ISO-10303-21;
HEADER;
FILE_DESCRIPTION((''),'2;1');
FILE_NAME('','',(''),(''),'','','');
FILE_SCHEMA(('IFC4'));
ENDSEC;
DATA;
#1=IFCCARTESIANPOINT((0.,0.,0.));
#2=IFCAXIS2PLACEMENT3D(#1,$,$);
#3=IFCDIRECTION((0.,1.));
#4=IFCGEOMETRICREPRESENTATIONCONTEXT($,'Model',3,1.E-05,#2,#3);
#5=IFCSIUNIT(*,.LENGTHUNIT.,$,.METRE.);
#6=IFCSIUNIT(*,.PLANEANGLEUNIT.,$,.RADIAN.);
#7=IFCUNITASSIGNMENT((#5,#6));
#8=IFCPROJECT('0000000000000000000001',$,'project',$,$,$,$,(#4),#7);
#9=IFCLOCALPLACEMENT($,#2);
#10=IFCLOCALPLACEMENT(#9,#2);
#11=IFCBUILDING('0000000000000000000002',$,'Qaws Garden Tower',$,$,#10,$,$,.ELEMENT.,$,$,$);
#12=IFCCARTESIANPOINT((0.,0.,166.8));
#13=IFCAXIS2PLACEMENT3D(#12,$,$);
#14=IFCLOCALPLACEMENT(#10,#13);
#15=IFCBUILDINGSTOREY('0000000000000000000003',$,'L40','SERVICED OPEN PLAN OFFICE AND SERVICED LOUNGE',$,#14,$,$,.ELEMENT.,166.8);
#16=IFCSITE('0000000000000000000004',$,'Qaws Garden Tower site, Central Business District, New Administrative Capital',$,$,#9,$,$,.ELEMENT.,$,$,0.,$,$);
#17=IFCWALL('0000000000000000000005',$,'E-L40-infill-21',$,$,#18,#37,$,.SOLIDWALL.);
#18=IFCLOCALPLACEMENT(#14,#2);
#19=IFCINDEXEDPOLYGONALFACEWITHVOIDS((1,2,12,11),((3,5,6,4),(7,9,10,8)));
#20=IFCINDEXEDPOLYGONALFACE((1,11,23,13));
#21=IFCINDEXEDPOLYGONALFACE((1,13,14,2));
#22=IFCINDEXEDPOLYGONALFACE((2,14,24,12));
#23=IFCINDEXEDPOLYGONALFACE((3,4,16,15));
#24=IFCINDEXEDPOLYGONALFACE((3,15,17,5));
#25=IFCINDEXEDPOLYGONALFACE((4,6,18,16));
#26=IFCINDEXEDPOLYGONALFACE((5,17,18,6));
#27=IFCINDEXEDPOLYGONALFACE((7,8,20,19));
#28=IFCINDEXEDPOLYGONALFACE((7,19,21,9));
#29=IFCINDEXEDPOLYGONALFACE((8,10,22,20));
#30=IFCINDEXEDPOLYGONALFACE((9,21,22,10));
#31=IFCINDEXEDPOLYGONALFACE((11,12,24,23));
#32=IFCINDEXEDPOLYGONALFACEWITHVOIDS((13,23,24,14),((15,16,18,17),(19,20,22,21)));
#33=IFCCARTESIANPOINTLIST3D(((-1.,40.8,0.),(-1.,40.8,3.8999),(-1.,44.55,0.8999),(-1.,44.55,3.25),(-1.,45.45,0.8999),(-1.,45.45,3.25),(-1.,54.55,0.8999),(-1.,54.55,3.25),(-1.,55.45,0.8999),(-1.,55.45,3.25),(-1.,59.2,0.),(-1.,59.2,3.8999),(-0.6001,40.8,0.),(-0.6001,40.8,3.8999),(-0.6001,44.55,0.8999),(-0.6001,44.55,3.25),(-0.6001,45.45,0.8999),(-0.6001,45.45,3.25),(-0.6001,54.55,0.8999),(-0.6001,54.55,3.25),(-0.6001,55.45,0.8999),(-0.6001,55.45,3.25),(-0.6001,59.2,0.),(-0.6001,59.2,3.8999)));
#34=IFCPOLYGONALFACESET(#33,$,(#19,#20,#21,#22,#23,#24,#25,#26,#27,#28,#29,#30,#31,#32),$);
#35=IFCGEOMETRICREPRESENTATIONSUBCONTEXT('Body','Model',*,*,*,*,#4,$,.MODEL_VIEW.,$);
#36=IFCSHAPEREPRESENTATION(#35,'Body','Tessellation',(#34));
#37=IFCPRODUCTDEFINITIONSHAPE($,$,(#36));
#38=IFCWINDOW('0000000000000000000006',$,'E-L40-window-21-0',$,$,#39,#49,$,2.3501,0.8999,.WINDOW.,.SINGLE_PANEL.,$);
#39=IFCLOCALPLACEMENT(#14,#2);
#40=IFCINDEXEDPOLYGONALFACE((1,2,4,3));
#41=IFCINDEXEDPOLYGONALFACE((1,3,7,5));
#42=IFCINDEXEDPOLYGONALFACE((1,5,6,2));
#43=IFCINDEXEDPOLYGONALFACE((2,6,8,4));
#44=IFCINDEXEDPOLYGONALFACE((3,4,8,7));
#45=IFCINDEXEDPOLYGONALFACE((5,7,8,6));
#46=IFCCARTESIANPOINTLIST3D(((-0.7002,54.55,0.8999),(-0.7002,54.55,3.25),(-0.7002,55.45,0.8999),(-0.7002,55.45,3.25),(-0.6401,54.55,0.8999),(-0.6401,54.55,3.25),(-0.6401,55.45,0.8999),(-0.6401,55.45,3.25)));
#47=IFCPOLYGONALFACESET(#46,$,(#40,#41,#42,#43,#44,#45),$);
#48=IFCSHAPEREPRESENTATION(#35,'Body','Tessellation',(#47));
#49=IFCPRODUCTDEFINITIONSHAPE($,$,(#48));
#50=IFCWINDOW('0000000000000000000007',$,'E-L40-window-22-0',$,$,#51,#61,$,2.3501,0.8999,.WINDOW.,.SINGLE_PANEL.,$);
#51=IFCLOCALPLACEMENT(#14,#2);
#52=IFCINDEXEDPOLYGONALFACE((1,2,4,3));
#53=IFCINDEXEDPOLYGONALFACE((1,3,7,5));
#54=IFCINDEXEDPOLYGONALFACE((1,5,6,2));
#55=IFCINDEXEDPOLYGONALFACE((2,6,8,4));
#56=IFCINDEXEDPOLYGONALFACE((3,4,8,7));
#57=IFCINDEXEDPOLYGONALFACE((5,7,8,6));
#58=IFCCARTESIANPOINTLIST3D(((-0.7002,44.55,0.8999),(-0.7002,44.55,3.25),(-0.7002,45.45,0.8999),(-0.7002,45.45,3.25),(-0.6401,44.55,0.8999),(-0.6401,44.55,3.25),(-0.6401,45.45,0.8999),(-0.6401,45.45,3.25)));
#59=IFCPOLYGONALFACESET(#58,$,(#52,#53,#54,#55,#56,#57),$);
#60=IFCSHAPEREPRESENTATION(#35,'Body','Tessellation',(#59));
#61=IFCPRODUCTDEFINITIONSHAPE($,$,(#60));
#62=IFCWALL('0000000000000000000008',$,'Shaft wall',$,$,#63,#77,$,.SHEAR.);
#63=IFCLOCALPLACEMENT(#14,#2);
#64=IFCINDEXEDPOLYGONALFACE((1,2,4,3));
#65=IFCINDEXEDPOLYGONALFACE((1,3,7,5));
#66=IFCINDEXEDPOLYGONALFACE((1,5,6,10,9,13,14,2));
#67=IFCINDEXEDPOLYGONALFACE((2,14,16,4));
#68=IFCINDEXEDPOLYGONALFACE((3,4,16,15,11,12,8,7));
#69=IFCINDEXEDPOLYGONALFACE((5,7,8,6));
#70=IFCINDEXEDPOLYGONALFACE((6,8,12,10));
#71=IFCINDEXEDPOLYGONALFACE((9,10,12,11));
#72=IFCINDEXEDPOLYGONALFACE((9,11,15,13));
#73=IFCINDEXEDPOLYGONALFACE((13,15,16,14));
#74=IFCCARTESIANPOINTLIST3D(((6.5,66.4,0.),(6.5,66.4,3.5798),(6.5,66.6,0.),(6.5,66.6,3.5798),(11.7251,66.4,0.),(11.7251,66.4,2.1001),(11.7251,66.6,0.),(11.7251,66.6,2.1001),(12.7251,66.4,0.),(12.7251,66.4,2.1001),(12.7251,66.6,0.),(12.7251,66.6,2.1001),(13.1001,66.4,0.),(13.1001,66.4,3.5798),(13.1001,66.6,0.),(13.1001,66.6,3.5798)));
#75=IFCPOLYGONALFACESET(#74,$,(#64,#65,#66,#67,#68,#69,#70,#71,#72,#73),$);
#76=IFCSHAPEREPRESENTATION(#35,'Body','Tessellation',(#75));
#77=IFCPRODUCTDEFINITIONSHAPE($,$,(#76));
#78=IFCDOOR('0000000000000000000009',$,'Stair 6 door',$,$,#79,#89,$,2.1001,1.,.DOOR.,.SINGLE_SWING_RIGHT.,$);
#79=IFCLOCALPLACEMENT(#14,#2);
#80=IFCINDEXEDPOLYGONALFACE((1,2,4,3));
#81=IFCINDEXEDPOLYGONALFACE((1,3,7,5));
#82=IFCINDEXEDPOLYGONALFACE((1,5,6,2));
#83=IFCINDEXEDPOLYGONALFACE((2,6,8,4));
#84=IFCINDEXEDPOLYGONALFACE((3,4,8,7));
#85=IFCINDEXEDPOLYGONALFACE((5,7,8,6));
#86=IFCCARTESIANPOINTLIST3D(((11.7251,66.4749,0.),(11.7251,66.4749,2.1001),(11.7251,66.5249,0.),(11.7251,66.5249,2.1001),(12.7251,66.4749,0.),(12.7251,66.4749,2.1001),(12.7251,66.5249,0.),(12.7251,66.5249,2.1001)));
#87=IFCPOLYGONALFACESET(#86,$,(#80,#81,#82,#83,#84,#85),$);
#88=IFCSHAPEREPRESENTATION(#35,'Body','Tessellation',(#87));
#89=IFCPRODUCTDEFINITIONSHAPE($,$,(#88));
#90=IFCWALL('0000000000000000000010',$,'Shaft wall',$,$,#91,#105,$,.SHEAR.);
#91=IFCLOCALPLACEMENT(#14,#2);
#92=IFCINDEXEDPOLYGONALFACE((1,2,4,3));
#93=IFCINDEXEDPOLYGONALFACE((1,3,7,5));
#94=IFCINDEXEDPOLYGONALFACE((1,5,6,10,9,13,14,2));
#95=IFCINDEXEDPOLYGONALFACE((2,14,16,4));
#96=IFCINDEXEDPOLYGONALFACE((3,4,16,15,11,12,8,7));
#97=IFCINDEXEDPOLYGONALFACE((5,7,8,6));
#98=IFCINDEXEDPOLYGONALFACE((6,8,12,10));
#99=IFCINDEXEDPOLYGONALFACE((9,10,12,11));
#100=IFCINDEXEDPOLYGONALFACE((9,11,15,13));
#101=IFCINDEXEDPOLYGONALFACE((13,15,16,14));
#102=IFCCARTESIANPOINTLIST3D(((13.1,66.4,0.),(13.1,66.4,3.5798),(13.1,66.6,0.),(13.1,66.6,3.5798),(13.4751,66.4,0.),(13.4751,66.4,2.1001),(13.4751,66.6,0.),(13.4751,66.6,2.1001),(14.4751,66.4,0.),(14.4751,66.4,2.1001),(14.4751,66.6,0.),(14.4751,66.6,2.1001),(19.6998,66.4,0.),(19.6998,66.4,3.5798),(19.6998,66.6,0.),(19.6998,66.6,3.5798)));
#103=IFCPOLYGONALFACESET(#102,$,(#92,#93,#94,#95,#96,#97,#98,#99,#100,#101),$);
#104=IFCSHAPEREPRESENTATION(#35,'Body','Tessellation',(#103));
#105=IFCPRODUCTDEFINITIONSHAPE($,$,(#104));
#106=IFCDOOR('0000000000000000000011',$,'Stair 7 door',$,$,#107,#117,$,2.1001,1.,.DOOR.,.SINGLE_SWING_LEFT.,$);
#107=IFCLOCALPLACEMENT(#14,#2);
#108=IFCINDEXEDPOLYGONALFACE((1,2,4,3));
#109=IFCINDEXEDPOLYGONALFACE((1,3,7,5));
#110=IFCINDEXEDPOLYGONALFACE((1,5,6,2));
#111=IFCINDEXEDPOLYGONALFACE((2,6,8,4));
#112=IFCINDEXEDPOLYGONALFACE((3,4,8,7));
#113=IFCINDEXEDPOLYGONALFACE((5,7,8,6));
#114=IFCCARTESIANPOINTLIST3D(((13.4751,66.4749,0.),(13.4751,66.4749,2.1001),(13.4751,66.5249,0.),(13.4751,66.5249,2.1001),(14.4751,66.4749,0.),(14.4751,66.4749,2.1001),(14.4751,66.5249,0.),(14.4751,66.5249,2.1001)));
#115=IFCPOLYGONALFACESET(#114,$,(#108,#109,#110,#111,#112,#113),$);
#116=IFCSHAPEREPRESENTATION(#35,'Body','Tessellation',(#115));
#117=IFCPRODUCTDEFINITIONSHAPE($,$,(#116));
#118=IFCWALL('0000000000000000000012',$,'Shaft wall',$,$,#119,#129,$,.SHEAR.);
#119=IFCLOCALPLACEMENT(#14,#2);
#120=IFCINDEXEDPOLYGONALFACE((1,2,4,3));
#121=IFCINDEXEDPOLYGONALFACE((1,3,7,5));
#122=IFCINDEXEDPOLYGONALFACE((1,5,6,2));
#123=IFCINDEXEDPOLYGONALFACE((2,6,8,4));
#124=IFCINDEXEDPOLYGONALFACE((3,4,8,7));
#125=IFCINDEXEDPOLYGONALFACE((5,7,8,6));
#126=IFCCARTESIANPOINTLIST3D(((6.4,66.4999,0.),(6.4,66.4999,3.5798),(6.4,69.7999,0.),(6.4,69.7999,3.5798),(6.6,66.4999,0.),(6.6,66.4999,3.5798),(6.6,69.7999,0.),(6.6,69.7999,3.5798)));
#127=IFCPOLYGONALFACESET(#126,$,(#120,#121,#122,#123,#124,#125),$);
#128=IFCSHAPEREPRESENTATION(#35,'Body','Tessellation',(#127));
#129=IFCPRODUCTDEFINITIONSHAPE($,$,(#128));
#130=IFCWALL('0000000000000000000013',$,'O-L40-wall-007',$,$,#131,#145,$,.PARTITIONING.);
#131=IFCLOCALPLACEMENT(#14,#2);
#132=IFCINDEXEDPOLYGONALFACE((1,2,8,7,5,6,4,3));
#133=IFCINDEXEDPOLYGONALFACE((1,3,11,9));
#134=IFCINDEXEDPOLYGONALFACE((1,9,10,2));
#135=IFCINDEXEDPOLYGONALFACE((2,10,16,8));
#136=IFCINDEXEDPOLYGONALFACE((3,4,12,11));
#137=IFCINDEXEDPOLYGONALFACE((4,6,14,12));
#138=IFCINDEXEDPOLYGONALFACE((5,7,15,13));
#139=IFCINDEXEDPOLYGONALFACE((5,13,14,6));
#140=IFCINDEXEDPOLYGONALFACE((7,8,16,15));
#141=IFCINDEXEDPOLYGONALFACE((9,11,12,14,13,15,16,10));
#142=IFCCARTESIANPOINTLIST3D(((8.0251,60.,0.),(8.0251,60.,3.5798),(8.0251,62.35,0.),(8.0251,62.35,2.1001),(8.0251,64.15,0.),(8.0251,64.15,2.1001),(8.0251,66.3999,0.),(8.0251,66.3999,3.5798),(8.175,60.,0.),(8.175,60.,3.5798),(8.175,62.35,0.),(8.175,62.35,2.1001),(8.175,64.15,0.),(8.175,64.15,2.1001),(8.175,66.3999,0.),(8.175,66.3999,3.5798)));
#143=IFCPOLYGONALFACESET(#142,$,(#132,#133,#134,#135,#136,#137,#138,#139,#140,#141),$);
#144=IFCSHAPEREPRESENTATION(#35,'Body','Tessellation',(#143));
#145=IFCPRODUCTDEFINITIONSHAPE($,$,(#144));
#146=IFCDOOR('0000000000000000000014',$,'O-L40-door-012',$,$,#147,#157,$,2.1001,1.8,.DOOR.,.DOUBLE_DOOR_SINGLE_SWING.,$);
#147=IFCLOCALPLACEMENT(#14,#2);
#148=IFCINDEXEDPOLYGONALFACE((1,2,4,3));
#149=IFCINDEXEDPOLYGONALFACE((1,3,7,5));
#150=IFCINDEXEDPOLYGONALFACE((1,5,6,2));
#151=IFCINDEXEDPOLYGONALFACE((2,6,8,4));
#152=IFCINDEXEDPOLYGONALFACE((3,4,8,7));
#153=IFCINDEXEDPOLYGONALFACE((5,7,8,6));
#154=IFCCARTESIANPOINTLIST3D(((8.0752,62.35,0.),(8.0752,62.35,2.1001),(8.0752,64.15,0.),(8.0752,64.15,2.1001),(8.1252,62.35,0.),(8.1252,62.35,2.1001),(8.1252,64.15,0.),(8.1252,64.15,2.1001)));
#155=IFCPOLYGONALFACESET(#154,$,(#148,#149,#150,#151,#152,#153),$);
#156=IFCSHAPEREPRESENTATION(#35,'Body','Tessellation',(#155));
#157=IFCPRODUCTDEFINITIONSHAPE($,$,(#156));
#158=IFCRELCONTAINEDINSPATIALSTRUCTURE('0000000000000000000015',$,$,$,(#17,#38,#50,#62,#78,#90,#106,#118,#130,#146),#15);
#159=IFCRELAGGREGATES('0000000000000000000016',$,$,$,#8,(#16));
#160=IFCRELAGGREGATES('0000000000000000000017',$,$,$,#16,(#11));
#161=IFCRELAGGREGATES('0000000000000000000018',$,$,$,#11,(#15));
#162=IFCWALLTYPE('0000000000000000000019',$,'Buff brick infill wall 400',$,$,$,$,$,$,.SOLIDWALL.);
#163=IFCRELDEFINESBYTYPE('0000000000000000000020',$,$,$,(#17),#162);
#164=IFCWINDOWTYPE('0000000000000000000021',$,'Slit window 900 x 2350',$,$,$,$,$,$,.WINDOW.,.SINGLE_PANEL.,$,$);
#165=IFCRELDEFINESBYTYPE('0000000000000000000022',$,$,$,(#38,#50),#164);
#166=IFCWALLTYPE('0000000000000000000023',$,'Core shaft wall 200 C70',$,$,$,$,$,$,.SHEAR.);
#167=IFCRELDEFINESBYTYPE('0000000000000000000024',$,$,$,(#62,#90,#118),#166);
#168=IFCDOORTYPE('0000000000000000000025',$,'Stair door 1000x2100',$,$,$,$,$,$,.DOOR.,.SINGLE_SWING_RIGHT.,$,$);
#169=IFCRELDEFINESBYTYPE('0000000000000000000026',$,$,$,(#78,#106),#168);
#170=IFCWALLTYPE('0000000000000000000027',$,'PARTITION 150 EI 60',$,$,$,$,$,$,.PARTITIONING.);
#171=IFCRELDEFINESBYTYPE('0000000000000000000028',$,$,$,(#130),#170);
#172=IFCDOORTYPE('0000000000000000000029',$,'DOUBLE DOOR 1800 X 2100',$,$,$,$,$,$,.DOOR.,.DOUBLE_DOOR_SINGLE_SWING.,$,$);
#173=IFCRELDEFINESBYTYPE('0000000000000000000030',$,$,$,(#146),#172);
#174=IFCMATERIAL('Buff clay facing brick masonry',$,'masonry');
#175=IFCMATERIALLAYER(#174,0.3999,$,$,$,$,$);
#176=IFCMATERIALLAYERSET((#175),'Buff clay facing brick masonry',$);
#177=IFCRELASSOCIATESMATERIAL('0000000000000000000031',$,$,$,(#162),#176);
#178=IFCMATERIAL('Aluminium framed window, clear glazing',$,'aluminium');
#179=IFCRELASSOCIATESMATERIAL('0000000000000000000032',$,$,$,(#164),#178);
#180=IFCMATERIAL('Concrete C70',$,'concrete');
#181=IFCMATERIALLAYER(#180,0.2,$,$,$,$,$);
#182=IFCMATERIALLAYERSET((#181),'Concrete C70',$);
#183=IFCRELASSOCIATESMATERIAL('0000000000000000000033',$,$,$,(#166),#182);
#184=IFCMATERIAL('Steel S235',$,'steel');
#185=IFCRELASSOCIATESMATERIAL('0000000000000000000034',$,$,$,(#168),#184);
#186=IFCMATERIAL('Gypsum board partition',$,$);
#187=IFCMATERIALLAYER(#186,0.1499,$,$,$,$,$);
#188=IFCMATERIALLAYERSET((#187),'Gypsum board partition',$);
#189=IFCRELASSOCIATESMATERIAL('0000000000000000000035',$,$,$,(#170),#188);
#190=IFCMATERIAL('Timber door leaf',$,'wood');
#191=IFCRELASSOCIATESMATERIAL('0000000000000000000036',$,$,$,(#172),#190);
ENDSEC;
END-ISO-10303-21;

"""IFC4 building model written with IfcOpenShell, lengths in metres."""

from ifc_helpers import new_model, si_unit, direction, frame, frame_2d, origin, place, context, subcontext, project, spatial, rectangle, extrude, material, layer, layer_set, type_object, element, fill, save


model = new_model("IFC4")

# Units and contexts
model_context = context("Model", 3, precision=1e-05, world=origin(), true_north=direction((0.0, 1.0)))
body_context = subcontext(model_context, "Body", "Model", "MODEL_VIEW")
ifc_project = project(units=[si_unit("LENGTHUNIT", "METRE"), si_unit("PLANEANGLEUNIT", "RADIAN")], contexts=[model_context])

# Site, building, storey
site_placement = place(None, origin())
site = spatial("IfcSite", under=ifc_project, at=site_placement, Name="Qaws Garden Tower site, Central Business District, New Administrative Capital", CompositionType="ELEMENT", RefElevation=0.0)
building_placement = place(site_placement, origin())
building = spatial("IfcBuilding", under=site, at=building_placement, Name="Qaws Garden Tower", CompositionType="ELEMENT")
storey_placement = place(building_placement, frame((0.0, 0.0, 166.8)))
storey = spatial("IfcBuildingStorey", under=building, at=storey_placement, Name="L40", Description="SERVICED OPEN PLAN OFFICE AND SERVICED LOUNGE", CompositionType="ELEMENT", Elevation=166.8)

# Shared definitions
ifc_material_1 = material(Name="Buff clay facing brick masonry", Category="masonry")
ifc_layer_1 = layer(ifc_material_1, 0.3999)
ifc_layer_set_1 = layer_set([ifc_layer_1], Name="Buff clay facing brick masonry")
wall_type_1 = type_object("IfcWallType", Name="Buff brick infill wall 400", PredefinedType="SOLIDWALL", material=ifc_layer_set_1)

# Wall, openings, windows
wall_1_placement = place(storey_placement, frame((-0.8, 59.2, 0.0), z_axis=(0.0, 0.0, 1.0), x_axis=(0.0, -1.0, 0.0)))
wall_1 = element("IfcWall", 1, at=wall_1_placement, inside=storey, type_object=wall_type_1, Name="E-L40-infill-21", PredefinedType="SOLIDWALL", context=body_context, shape_type="SweptSolid", body=[
    extrude(rectangle(XDim=18.3999, YDim=0.3999, at=frame_2d((9.2, 0.0))), origin(), (0.0, 0.0, 1.0), 3.8999),
])
opening_1_placement = place(wall_1_placement, frame((3.75, 0.0, 0.8999)))
opening_1 = element("IfcOpeningElement", 2, at=opening_1_placement, cuts=wall_1, PredefinedType="OPENING", context=body_context, shape_type="SweptSolid", body=[
    extrude(rectangle(XDim=0.8999, YDim=2.3501, at=frame_2d((0.45, 1.175))), frame((0.0, 0.21, 0.0), z_axis=(0.0, -1.0, 0.0), x_axis=(1.0, 0.0, 0.0)), (0.0, 0.0, 1.0), 0.4199),
])
opening_2_placement = place(wall_1_placement, frame((13.75, 0.0, 0.8999)))
opening_2 = element("IfcOpeningElement", 3, at=opening_2_placement, cuts=wall_1, PredefinedType="OPENING", context=body_context, shape_type="SweptSolid", body=[
    extrude(rectangle(XDim=0.8999, YDim=2.3501, at=frame_2d((0.45, 1.175))), frame((0.0, 0.21, 0.0), z_axis=(0.0, -1.0, 0.0), x_axis=(1.0, 0.0, 0.0)), (0.0, 0.0, 1.0), 0.4199),
])
ifc_material_2 = material(Name="Aluminium framed window, clear glazing", Category="aluminium")
window_type_1 = type_object("IfcWindowType", Name="Slit window 900 x 2350", PartitioningType="SINGLE_PANEL", PredefinedType="WINDOW", material=ifc_material_2)
window_1_placement = place(opening_1_placement, origin())
window_1 = element("IfcWindow", 4, at=window_1_placement, inside=storey, type_object=window_type_1, Name="E-L40-window-21-0", OverallHeight=2.3501, OverallWidth=0.8999, PartitioningType="SINGLE_PANEL", PredefinedType="WINDOW", context=body_context, shape_type="SweptSolid", body=[
    extrude(rectangle(XDim=0.8999, YDim=2.3501, at=frame_2d((0.45, 1.175))), frame((0.0, 0.1599, 0.0), z_axis=(0.0, -1.0, 0.0), x_axis=(1.0, 0.0, 0.0)), (0.0, 0.0, 1.0), 0.0601),
])
fill(opening_1, window_1)
window_2_placement = place(opening_2_placement, origin())
window_2 = element("IfcWindow", 5, at=window_2_placement, inside=storey, type_object=window_type_1, Name="E-L40-window-22-0", OverallHeight=2.3501, OverallWidth=0.8999, PartitioningType="SINGLE_PANEL", PredefinedType="WINDOW", context=body_context, shape_type="SweptSolid", body=[
    extrude(rectangle(XDim=0.8999, YDim=2.3501, at=frame_2d((0.45, 1.175))), frame((0.0, 0.1599, 0.0), z_axis=(0.0, -1.0, 0.0), x_axis=(1.0, 0.0, 0.0)), (0.0, 0.0, 1.0), 0.0601),
])
fill(opening_2, window_2)

# Walls, openings, doors
ifc_material_3 = material(Name="Concrete C70", Category="concrete")
ifc_layer_2 = layer(ifc_material_3, 0.2)
ifc_layer_set_2 = layer_set([ifc_layer_2], Name="Concrete C70")
wall_type_2 = type_object("IfcWallType", Name="Core shaft wall 200 C70", PredefinedType="SHEAR", material=ifc_layer_set_2)
wall_2_placement = place(storey_placement, frame((6.5, 66.5, 0.0), z_axis=(0.0, 0.0, 1.0), x_axis=(1.0, 0.0, 0.0)))
wall_2 = element("IfcWall", 6, at=wall_2_placement, inside=storey, type_object=wall_type_2, Name="Shaft wall", PredefinedType="SHEAR", context=body_context, shape_type="SweptSolid", body=[
    extrude(rectangle(XDim=6.6001, YDim=0.2, at=frame_2d((3.3, 0.0))), origin(), (0.0, 0.0, 1.0), 3.5798),
])
opening_3_placement = place(wall_2_placement, frame((5.2251, 0.0, 0.0)))
opening_3 = element("IfcOpeningElement", 7, at=opening_3_placement, cuts=wall_2, PredefinedType="OPENING", context=body_context, shape_type="SweptSolid", body=[
    extrude(rectangle(XDim=1.0, YDim=2.1001, at=frame_2d((0.5, 1.05))), frame((0.0, 0.1099, 0.0), z_axis=(0.0, -1.0, 0.0), x_axis=(1.0, 0.0, 0.0)), (0.0, 0.0, 1.0), 0.22),
])
ifc_material_4 = material(Name="Steel S235", Category="steel")
door_type_1 = type_object("IfcDoorType", Name="Stair door 1000x2100", OperationType="SINGLE_SWING_RIGHT", PredefinedType="DOOR", material=ifc_material_4)
door_1_placement = place(opening_3_placement, origin())
door_1 = element("IfcDoor", 8, at=door_1_placement, inside=storey, type_object=door_type_1, Name="Stair 6 door", OperationType="SINGLE_SWING_RIGHT", OverallHeight=2.1001, OverallWidth=1.0, PredefinedType="DOOR", context=body_context, shape_type="SweptSolid", body=[
    extrude(rectangle(XDim=1.0, YDim=2.1001, at=frame_2d((0.5, 1.05))), frame((0.0, 0.0249, 0.0), z_axis=(0.0, -1.0, 0.0), x_axis=(1.0, 0.0, 0.0)), (0.0, 0.0, 1.0), 0.05),
])
fill(opening_3, door_1)
wall_3_placement = place(storey_placement, frame((13.1001, 66.5, 0.0), z_axis=(0.0, 0.0, 1.0), x_axis=(1.0, 0.0, 0.0)))
wall_3 = element("IfcWall", 9, at=wall_3_placement, inside=storey, type_object=wall_type_2, Name="Shaft wall", PredefinedType="SHEAR", context=body_context, shape_type="SweptSolid", body=[
    extrude(rectangle(XDim=6.5999, YDim=0.2, at=frame_2d((3.2998, 0.0))), origin(), (0.0, 0.0, 1.0), 3.5798),
])
opening_4_placement = place(wall_3_placement, frame((0.375, 0.0, 0.0)))
opening_4 = element("IfcOpeningElement", 10, at=opening_4_placement, cuts=wall_3, PredefinedType="OPENING", context=body_context, shape_type="SweptSolid", body=[
    extrude(rectangle(XDim=1.0, YDim=2.1001, at=frame_2d((0.5, 1.05))), frame((0.0, 0.1099, 0.0), z_axis=(0.0, -1.0, 0.0), x_axis=(1.0, 0.0, 0.0)), (0.0, 0.0, 1.0), 0.22),
])
door_2_placement = place(opening_4_placement, origin())
door_2 = element("IfcDoor", 11, at=door_2_placement, inside=storey, type_object=door_type_1, Name="Stair 7 door", OperationType="SINGLE_SWING_LEFT", OverallHeight=2.1001, OverallWidth=1.0, PredefinedType="DOOR", context=body_context, shape_type="SweptSolid", body=[
    extrude(rectangle(XDim=1.0, YDim=2.1001, at=frame_2d((0.5, 1.05))), frame((0.0, 0.0249, 0.0), z_axis=(0.0, -1.0, 0.0), x_axis=(1.0, 0.0, 0.0)), (0.0, 0.0, 1.0), 0.05),
])
fill(opening_4, door_2)

# Wall
wall_4_placement = place(storey_placement, frame((6.5, 66.5, 0.0), z_axis=(0.0, 0.0, 1.0), x_axis=(0.0, 1.0, 0.0)))
element("IfcWall", 12, at=wall_4_placement, inside=storey, type_object=wall_type_2, Name="Shaft wall", PredefinedType="SHEAR", context=body_context, shape_type="SweptSolid", body=[
    extrude(rectangle(XDim=3.3, YDim=0.2, at=frame_2d((1.6499, 0.0))), origin(), (0.0, 0.0, 1.0), 3.5798),
])

# Wall, opening, door
ifc_material_5 = material(Name="Gypsum board partition")
ifc_layer_3 = layer(ifc_material_5, 0.1499)
ifc_layer_set_3 = layer_set([ifc_layer_3], Name="Gypsum board partition")
wall_type_3 = type_object("IfcWallType", Name="PARTITION 150 EI 60", PredefinedType="PARTITIONING", material=ifc_layer_set_3)
wall_5_placement = place(storey_placement, frame((8.1001, 60.0, 0.0), z_axis=(0.0, 0.0, 1.0), x_axis=(0.0, 1.0, 0.0)))
wall_5 = element("IfcWall", 13, at=wall_5_placement, inside=storey, type_object=wall_type_3, Name="O-L40-wall-007", PredefinedType="PARTITIONING", context=body_context, shape_type="SweptSolid", body=[
    extrude(rectangle(XDim=6.3999, YDim=0.1499, at=frame_2d((3.2, 0.0))), origin(), (0.0, 0.0, 1.0), 3.5798),
])
opening_5_placement = place(wall_5_placement, frame((2.3501, 0.0, 0.0)))
opening_5 = element("IfcOpeningElement", 14, at=opening_5_placement, cuts=wall_5, PredefinedType="OPENING", context=body_context, shape_type="SweptSolid", body=[
    extrude(rectangle(XDim=1.8, YDim=2.1001, at=frame_2d((0.8999, 1.05))), frame((0.0, 0.085, 0.0), z_axis=(0.0, -1.0, 0.0), x_axis=(1.0, 0.0, 0.0)), (0.0, 0.0, 1.0), 0.1699),
])
ifc_material_6 = material(Name="Timber door leaf", Category="wood")
door_type_2 = type_object("IfcDoorType", Name="DOUBLE DOOR 1800 X 2100", OperationType="DOUBLE_DOOR_SINGLE_SWING", PredefinedType="DOOR", material=ifc_material_6)
door_3_placement = place(opening_5_placement, origin())
door_3 = element("IfcDoor", 15, at=door_3_placement, inside=storey, type_object=door_type_2, Name="O-L40-door-012", OperationType="DOUBLE_DOOR_SINGLE_SWING", OverallHeight=2.1001, OverallWidth=1.8, PredefinedType="DOOR", context=body_context, shape_type="SweptSolid", body=[
    extrude(rectangle(XDim=1.8, YDim=2.1001, at=frame_2d((0.8999, 1.05))), frame((0.0, 0.0249, 0.0), z_axis=(0.0, -1.0, 0.0), x_axis=(1.0, 0.0, 0.0)), (0.0, 0.0, 1.0), 0.05),
])
fill(opening_5, door_3)

save(model, "model.ifc")
